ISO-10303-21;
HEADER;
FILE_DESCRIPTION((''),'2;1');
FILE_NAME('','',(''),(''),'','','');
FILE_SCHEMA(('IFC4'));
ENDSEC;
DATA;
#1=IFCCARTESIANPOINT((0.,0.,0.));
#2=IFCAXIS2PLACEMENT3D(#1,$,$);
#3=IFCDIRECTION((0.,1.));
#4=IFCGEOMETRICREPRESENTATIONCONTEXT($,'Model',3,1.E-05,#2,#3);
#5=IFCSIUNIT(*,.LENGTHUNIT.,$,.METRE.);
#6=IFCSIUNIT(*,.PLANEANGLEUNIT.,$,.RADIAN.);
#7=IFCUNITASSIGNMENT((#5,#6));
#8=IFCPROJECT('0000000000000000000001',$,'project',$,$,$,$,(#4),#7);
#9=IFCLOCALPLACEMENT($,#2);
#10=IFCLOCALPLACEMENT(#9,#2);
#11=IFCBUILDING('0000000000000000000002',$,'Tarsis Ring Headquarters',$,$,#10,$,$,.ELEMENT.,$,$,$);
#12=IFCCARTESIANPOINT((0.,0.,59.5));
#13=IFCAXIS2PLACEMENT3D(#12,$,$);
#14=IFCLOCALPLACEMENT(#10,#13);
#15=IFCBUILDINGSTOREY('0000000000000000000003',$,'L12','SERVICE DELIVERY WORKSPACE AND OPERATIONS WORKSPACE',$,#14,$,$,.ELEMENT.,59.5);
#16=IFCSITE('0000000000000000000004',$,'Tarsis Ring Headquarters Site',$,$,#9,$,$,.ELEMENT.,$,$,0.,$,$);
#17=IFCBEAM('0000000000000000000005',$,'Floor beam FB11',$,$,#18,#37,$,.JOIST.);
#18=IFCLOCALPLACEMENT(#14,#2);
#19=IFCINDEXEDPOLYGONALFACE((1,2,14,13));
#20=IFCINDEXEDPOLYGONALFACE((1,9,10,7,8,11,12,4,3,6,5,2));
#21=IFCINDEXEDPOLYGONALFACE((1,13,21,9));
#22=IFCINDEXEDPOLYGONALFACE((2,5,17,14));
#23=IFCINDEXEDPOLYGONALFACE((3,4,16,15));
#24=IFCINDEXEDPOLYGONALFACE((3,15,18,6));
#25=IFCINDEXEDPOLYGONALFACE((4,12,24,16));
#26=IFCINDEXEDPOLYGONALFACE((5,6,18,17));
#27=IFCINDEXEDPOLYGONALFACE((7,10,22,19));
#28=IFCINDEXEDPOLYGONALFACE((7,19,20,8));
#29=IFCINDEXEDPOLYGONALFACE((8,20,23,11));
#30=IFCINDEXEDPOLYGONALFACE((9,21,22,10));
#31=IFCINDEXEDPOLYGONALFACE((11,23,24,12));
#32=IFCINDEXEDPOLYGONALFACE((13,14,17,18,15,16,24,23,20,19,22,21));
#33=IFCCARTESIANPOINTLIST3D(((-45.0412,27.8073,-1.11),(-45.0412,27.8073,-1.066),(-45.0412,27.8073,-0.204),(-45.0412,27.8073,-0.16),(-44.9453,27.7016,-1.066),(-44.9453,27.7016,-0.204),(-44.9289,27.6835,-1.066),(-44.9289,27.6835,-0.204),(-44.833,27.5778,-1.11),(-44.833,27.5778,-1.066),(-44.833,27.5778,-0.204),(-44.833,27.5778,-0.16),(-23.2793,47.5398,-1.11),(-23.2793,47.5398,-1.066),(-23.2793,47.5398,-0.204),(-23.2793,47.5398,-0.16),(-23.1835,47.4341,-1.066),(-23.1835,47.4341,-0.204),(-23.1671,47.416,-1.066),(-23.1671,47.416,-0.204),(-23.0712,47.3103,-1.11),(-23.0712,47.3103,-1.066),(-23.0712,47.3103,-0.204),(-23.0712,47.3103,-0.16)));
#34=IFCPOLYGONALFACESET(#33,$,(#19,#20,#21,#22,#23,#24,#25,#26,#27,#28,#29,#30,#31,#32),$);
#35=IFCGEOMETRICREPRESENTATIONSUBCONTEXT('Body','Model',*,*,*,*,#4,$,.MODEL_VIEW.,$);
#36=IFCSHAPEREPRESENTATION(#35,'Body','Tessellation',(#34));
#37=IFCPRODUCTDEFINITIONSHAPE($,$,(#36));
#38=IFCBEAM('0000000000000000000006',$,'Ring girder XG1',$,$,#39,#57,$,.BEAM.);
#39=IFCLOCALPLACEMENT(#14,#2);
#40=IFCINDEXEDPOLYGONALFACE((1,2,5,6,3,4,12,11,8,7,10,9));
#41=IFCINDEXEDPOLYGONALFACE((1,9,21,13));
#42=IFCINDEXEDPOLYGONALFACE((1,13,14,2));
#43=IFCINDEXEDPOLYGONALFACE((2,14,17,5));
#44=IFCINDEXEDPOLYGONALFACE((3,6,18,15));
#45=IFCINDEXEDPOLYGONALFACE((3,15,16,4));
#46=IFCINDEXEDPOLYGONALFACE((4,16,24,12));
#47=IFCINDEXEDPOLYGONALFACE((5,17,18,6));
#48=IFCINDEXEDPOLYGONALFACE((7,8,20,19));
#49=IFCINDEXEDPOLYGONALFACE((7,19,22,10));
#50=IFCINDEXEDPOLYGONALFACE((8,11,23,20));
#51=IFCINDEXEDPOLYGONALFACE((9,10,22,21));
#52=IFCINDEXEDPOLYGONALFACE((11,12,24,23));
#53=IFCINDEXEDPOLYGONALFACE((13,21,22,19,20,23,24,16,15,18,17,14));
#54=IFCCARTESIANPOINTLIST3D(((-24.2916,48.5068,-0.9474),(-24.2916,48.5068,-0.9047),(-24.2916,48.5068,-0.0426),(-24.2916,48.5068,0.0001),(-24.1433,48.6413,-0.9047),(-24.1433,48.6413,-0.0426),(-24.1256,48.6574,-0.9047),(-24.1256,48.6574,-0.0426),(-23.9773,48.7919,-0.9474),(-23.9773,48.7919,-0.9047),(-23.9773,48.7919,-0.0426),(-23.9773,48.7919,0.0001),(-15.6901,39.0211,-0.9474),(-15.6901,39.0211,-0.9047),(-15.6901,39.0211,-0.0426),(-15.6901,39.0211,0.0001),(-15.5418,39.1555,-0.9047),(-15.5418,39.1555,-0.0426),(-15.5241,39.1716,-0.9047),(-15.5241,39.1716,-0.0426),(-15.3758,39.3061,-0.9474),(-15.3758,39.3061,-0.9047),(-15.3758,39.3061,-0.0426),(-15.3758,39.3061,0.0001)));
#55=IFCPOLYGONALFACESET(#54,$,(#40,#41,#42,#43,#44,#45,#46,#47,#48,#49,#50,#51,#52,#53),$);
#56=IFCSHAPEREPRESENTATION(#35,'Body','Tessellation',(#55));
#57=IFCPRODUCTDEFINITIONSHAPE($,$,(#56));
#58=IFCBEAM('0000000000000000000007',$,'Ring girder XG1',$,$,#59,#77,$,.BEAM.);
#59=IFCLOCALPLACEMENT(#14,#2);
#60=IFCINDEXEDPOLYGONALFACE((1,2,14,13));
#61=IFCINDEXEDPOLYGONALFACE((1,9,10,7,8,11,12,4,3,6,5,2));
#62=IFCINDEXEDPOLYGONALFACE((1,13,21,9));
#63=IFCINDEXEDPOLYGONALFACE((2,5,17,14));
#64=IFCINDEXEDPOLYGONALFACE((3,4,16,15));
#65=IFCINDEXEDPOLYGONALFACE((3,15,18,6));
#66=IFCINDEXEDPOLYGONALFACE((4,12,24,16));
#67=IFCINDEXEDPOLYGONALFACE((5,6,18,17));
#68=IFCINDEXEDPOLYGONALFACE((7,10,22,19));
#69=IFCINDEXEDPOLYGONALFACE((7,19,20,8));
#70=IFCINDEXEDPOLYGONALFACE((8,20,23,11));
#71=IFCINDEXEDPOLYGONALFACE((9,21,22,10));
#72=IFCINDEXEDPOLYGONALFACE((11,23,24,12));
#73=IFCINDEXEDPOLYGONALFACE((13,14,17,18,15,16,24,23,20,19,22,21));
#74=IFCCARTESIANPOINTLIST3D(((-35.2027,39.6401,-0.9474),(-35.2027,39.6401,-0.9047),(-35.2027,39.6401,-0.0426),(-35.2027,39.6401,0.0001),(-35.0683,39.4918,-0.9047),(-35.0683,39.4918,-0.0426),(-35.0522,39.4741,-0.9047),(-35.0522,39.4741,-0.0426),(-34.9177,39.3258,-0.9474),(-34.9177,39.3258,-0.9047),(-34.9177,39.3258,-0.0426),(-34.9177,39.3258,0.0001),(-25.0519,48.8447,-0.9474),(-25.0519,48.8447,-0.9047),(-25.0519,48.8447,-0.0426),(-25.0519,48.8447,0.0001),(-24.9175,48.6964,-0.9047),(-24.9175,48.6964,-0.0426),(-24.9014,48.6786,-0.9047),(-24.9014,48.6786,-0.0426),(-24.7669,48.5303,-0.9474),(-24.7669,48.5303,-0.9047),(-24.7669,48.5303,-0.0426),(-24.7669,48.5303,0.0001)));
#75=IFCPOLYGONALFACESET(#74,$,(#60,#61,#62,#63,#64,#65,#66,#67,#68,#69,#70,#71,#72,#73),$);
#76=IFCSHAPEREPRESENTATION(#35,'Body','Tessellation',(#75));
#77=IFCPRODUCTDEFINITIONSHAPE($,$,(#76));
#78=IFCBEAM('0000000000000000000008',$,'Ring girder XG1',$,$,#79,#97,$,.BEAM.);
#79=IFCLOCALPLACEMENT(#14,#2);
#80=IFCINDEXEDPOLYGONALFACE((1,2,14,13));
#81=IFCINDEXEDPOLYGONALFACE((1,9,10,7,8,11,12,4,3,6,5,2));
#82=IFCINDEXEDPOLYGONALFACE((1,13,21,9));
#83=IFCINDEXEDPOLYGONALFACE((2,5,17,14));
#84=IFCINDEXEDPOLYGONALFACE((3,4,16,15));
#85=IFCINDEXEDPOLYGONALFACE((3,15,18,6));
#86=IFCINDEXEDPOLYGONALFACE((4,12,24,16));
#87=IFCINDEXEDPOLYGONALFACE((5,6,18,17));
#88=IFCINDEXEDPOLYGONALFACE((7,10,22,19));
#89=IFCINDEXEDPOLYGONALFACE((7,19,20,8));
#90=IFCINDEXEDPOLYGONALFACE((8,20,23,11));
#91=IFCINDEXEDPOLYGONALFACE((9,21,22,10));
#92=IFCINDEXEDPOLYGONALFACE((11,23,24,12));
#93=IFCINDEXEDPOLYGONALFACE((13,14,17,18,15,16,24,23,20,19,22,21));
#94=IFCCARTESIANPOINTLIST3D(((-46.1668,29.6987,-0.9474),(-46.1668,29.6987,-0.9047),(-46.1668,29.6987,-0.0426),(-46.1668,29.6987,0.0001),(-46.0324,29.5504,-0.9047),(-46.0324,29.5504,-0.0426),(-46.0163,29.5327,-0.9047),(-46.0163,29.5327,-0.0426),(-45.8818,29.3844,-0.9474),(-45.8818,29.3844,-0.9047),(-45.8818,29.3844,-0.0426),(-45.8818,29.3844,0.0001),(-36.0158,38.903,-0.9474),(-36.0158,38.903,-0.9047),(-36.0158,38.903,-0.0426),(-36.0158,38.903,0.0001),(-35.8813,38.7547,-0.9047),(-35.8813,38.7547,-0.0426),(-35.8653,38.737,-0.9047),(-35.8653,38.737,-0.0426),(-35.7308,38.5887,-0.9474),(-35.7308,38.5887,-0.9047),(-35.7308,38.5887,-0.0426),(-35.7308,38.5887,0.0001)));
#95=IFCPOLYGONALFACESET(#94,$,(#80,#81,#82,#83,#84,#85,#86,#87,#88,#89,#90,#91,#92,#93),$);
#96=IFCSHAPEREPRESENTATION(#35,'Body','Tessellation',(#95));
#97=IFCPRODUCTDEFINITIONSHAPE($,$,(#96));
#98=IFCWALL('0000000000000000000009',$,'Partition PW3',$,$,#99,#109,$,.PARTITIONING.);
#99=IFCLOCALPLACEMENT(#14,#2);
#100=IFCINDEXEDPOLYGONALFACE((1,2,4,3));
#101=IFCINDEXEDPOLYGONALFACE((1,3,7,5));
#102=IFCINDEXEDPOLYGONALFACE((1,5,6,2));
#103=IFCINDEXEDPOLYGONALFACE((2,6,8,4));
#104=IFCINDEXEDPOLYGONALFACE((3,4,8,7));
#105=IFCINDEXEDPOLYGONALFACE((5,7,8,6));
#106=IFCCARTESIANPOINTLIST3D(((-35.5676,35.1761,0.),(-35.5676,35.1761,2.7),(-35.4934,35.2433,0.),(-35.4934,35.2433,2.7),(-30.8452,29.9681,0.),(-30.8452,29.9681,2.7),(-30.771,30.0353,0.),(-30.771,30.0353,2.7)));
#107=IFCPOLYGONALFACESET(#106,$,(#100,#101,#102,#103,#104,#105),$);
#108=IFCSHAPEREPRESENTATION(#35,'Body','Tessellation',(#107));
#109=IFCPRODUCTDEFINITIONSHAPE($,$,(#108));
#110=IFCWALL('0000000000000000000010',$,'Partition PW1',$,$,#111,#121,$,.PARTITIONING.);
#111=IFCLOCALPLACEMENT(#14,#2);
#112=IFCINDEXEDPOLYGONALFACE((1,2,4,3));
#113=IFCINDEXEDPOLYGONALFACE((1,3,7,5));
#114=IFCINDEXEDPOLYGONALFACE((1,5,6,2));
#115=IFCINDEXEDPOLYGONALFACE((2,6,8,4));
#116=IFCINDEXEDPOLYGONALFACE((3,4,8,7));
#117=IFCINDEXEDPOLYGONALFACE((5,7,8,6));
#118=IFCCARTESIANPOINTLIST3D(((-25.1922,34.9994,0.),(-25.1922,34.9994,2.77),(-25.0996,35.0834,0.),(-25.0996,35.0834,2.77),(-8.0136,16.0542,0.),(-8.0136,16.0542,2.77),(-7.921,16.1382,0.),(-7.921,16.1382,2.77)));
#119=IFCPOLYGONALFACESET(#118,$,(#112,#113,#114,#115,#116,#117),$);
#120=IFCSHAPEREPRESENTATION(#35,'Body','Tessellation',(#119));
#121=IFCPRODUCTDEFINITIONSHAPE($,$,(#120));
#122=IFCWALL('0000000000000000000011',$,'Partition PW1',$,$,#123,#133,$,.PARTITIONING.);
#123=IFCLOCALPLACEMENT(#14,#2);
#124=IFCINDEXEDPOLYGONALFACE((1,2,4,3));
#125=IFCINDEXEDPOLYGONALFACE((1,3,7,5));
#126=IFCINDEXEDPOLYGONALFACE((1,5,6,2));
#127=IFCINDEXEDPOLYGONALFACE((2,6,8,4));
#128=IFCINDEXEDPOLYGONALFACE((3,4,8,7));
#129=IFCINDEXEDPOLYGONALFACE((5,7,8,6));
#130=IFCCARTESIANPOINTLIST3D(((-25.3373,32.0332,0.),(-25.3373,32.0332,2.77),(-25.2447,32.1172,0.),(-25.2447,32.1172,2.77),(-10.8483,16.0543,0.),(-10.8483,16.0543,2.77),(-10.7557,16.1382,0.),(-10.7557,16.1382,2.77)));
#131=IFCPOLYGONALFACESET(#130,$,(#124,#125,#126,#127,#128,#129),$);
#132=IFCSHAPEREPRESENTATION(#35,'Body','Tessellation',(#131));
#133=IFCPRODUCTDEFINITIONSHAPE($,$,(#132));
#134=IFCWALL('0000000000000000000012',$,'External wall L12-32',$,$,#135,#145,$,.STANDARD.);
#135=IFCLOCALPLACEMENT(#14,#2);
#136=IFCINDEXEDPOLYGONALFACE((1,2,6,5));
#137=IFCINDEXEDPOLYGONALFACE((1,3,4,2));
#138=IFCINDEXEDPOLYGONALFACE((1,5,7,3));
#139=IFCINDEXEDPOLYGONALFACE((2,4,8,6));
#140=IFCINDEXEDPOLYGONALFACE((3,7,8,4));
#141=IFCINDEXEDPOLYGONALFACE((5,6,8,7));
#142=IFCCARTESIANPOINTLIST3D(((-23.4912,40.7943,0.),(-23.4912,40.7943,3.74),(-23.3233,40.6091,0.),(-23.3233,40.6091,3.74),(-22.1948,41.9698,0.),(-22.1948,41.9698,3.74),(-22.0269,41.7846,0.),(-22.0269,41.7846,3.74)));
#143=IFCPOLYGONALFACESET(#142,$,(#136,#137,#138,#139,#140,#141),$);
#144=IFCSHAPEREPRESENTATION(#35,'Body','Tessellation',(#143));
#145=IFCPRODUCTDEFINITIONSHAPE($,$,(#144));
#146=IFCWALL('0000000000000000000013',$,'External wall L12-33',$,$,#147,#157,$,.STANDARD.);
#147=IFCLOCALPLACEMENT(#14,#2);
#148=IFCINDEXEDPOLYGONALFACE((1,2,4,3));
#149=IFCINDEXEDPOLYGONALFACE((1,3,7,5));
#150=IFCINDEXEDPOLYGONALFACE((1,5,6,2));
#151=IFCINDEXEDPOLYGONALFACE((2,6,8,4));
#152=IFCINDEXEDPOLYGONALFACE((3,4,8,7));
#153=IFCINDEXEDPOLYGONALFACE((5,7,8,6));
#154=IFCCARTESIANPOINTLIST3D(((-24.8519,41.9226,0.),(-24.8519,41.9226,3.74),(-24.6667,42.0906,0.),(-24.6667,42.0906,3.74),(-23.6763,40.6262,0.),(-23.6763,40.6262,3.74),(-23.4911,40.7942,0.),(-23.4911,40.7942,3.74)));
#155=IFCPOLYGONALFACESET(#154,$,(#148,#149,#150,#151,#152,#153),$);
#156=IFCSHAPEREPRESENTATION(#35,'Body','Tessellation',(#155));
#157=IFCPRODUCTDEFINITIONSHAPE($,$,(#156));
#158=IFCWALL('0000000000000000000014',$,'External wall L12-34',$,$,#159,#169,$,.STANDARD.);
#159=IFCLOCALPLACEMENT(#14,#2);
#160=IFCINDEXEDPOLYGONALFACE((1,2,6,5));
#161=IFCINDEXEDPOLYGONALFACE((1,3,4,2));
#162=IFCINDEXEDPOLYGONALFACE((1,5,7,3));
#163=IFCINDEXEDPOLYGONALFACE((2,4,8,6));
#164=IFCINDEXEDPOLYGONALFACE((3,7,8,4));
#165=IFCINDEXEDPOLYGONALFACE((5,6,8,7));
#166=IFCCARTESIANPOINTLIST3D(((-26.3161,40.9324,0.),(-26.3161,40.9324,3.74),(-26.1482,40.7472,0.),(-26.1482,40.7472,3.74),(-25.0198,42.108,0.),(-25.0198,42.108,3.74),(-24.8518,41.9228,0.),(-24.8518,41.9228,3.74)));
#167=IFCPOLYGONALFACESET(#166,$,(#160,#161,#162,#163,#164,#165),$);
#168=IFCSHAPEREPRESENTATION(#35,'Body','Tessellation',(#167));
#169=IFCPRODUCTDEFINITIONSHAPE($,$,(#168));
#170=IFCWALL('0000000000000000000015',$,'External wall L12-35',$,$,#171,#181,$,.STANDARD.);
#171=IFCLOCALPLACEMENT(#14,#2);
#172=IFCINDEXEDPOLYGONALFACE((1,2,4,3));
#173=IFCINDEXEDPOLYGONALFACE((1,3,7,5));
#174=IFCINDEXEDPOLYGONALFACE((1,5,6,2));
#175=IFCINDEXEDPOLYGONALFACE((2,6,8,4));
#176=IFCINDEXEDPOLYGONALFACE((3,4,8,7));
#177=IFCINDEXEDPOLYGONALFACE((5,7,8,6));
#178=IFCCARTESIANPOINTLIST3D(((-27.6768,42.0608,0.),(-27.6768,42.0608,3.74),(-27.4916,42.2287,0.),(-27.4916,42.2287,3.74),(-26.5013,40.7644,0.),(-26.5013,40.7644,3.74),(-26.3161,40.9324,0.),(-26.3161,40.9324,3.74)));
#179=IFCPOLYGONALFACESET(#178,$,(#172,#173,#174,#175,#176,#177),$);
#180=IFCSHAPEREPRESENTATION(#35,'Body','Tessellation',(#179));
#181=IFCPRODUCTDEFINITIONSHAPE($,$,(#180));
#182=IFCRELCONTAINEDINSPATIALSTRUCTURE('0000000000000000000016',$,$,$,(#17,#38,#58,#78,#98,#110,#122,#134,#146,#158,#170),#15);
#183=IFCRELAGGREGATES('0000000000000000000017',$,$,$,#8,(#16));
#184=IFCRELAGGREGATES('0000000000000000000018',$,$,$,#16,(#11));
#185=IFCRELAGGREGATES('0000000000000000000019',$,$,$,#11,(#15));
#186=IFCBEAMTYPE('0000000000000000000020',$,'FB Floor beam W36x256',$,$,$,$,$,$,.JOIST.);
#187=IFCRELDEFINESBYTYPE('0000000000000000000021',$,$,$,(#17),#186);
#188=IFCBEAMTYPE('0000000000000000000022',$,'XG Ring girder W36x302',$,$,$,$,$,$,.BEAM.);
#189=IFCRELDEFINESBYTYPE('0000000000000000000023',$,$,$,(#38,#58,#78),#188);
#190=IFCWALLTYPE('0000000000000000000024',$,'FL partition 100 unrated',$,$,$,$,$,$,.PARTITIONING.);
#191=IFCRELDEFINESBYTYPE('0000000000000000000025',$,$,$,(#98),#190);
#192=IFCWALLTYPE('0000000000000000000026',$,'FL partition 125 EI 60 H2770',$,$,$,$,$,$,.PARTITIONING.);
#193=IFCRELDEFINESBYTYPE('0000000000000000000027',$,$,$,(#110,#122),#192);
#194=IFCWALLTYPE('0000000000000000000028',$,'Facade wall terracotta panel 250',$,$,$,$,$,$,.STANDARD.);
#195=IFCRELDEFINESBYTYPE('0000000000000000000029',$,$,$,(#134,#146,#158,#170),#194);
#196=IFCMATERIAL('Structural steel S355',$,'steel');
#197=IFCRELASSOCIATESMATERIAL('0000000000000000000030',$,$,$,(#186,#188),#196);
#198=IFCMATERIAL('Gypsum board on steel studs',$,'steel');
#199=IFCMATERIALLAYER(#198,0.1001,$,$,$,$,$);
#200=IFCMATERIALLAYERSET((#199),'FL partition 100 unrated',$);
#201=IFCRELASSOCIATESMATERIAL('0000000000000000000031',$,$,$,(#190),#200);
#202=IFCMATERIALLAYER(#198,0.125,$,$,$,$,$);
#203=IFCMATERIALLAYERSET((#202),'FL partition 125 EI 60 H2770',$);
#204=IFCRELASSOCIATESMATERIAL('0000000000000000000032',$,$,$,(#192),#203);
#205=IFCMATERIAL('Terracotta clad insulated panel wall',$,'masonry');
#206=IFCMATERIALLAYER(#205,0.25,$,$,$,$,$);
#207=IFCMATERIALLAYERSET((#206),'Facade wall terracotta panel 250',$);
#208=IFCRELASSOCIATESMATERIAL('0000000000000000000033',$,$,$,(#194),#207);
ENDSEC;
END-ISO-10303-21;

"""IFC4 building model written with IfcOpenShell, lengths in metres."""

from ifc_helpers import new_model, si_unit, direction, frame, frame_2d, origin, origin_2d, place, context, subcontext, project, spatial, rectangle, i_section, extrude, material, layer, layer_set, material_profile, profile_set, type_object, element, save


model = new_model("IFC4")

# Units and contexts
model_context = context("Model", 3, precision=1e-05, world=origin(), true_north=direction((0.0, 1.0)))
body_context = subcontext(model_context, "Body", "Model", "MODEL_VIEW")
ifc_project = project(units=[si_unit("LENGTHUNIT", "METRE"), si_unit("PLANEANGLEUNIT", "RADIAN")], contexts=[model_context])

# Site, building, storey
site_placement = place(None, origin())
site = spatial("IfcSite", under=ifc_project, at=site_placement, Name="Tarsis Ring Headquarters Site", CompositionType="ELEMENT", RefElevation=0.0)
building_placement = place(site_placement, origin())
building = spatial("IfcBuilding", under=site, at=building_placement, Name="Tarsis Ring Headquarters", CompositionType="ELEMENT")
storey_placement = place(building_placement, frame((0.0, 0.0, 59.5)))
storey = spatial("IfcBuildingStorey", under=building, at=storey_placement, Name="L12", Description="SERVICE DELIVERY WORKSPACE AND OPERATIONS WORKSPACE", CompositionType="ELEMENT", Elevation=59.5)

# Beams
ifc_material_1 = material(Name="Structural steel S355", Category="steel")
ifc_material_profile_1 = material_profile(ifc_material_1, i_section(OverallWidth=0.3098, OverallDepth=0.95, WebThickness=0.0244, FlangeThickness=0.0439, at=origin_2d()), Name="W36x256")
ifc_profile_set_1 = profile_set([ifc_material_profile_1], Name="Structural steel S355")
beam_type_1 = type_object("IfcBeamType", Name="FB Floor beam W36x256", PredefinedType="JOIST", material=ifc_profile_set_1)
for number, where, z_axis, x_axis, name in (
    (1, (-23.1753, 47.425, -0.635), (-0.740803, -0.671722, 0.0), (0.671722, -0.740803, 0.0), "Floor beam FB11"),
):
    element("IfcBeam", number, at=place(storey_placement, frame(where, z_axis=z_axis, x_axis=x_axis)), inside=storey, type_object=beam_type_1, Name=name, PredefinedType="JOIST", context=body_context, shape_type="SweptSolid", body=[
        extrude(i_section(OverallWidth=0.3098, OverallDepth=0.95, WebThickness=0.0244, FlangeThickness=0.0439, at=origin_2d()), origin(), (0.0, 0.0, 1.0), 29.376),
    ])
ifc_material_profile_2 = material_profile(ifc_material_1, i_section(OverallWidth=0.4243, OverallDepth=0.9475, WebThickness=0.0239, FlangeThickness=0.0427, at=origin_2d()), Name="W36x302")
ifc_profile_set_2 = profile_set([ifc_material_profile_2], Name="Structural steel S355")
beam_type_2 = type_object("IfcBeamType", Name="XG Ring girder W36x302", PredefinedType="BEAM", material=ifc_profile_set_2)
beam_placement = place(storey_placement, frame((-15.533, 39.1636, -0.4736), z_axis=(-0.671735, 0.740792, 0.0), x_axis=(-0.740792, -0.671735, 0.0)))
element("IfcBeam", 2, at=beam_placement, inside=storey, type_object=beam_type_2, Name="Ring girder XG1", PredefinedType="BEAM", context=body_context, shape_type="SweptSolid", body=[
    extrude(i_section(OverallWidth=0.4243, OverallDepth=0.9475, WebThickness=0.0239, FlangeThickness=0.0427, at=origin_2d()), origin(), (0.0, 0.0, 1.0), 12.8049),
])
for number, where, z_axis, x_axis, name in (
    (3, (-24.9094, 48.6875, -0.4736), (-0.740792, -0.671734, 0.0), (0.671734, -0.740792, 0.0), "Ring girder XG1"),
    (4, (-35.8733, 38.7458, -0.4736), (-0.740809, -0.671715, 0.0), (0.671715, -0.740809, 0.0), "Ring girder XG1"),
):
    element("IfcBeam", number, at=place(storey_placement, frame(where, z_axis=z_axis, x_axis=x_axis)), inside=storey, type_object=beam_type_2, Name=name, PredefinedType="BEAM", context=body_context, shape_type="SweptSolid", body=[
        extrude(i_section(OverallWidth=0.4243, OverallDepth=0.9475, WebThickness=0.0239, FlangeThickness=0.0427, at=origin_2d()), origin(), (0.0, 0.0, 1.0), 13.7026),
    ])

# Walls
ifc_material_2 = material(Name="Gypsum board on steel studs", Category="steel")
ifc_layer_1 = layer(ifc_material_2, 0.1001)
ifc_layer_set_1 = layer_set([ifc_layer_1], Name="FL partition 100 unrated")
wall_type_1 = type_object("IfcWallType", Name="FL partition 100 unrated", PredefinedType="PARTITIONING", material=ifc_layer_set_1)
wall_1_placement = place(storey_placement, frame((-35.5305, 35.2097, 0.0), z_axis=(0.0, 0.0, 1.0), x_axis=(0.671727, -0.740799, 0.0)))
element("IfcWall", 5, at=wall_1_placement, inside=storey, type_object=wall_type_1, Name="Partition PW3", PredefinedType="PARTITIONING", context=body_context, shape_type="SweptSolid", body=[
    extrude(rectangle(XDim=7.0303, YDim=0.1001, at=frame_2d((3.5151, 0.0))), origin(), (0.0, 0.0, 1.0), 2.7),
])
ifc_layer_2 = layer(ifc_material_2, 0.125)
ifc_layer_set_2 = layer_set([ifc_layer_2], Name="FL partition 125 EI 60 H2770")
wall_type_2 = type_object("IfcWallType", Name="FL partition 125 EI 60 H2770", PredefinedType="PARTITIONING", material=ifc_layer_set_2)
wall_2_placement = place(storey_placement, frame((-25.146, 35.0415, 0.0), z_axis=(0.0, 0.0, 1.0), x_axis=(0.671724, -0.740802, 0.0)))
element("IfcWall", 6, at=wall_2_placement, inside=storey, type_object=wall_type_2, Name="Partition PW1", PredefinedType="PARTITIONING", context=body_context, shape_type="SweptSolid", body=[
    extrude(rectangle(XDim=25.574, YDim=0.125, at=frame_2d((12.7871, 0.0))), origin(), (0.0, 0.0, 1.0), 2.77),
])
wall_3_placement = place(storey_placement, frame((-25.291, 32.0752, 0.0), z_axis=(0.0, 0.0, 1.0), x_axis=(0.671724, -0.740801, 0.0)))
element("IfcWall", 7, at=wall_3_placement, inside=storey, type_object=wall_type_2, Name="Partition PW1", PredefinedType="PARTITIONING", context=body_context, shape_type="SweptSolid", body=[
    extrude(rectangle(XDim=21.5698, YDim=0.125, at=frame_2d((10.7849, 0.0))), origin(), (0.0, 0.0, 1.0), 2.77),
])
ifc_material_3 = material(Name="Terracotta clad insulated panel wall", Category="masonry")
ifc_layer_3 = layer(ifc_material_3, 0.25)
ifc_layer_set_3 = layer_set([ifc_layer_3], Name="Facade wall terracotta panel 250")
wall_type_3 = type_object("IfcWallType", Name="Facade wall terracotta panel 250", PredefinedType="STANDARD", material=ifc_layer_set_3)
for number, where, z_axis, x_axis, name in (
    (8, (-22.1108, 41.8772, 0.0), (0.0, 0.0, 1.0), (-0.740792, -0.671735, 0.0), "External wall L12-32"),
    (9, (-23.5837, 40.7102, 0.0), (0.0, 0.0, 1.0), (-0.671735, 0.740792, 0.0), "External wall L12-33"),
    (10, (-24.9358, 42.0154, 0.0), (0.0, 0.0, 1.0), (-0.740792, -0.671735, 0.0), "External wall L12-34"),
    (11, (-26.4087, 40.8484, 0.0), (0.0, 0.0, 1.0), (-0.671735, 0.740792, 0.0), "External wall L12-35"),
):
    element("IfcWall", number, at=place(storey_placement, frame(where, z_axis=z_axis, x_axis=x_axis)), inside=storey, type_object=wall_type_3, Name=name, PredefinedType="STANDARD", context=body_context, shape_type="SweptSolid", body=[
        extrude(rectangle(XDim=1.75, YDim=0.25, at=frame_2d((0.875, 0.0))), origin(), (0.0, 0.0, 1.0), 3.74),
    ])

save(model, "model.ifc")
